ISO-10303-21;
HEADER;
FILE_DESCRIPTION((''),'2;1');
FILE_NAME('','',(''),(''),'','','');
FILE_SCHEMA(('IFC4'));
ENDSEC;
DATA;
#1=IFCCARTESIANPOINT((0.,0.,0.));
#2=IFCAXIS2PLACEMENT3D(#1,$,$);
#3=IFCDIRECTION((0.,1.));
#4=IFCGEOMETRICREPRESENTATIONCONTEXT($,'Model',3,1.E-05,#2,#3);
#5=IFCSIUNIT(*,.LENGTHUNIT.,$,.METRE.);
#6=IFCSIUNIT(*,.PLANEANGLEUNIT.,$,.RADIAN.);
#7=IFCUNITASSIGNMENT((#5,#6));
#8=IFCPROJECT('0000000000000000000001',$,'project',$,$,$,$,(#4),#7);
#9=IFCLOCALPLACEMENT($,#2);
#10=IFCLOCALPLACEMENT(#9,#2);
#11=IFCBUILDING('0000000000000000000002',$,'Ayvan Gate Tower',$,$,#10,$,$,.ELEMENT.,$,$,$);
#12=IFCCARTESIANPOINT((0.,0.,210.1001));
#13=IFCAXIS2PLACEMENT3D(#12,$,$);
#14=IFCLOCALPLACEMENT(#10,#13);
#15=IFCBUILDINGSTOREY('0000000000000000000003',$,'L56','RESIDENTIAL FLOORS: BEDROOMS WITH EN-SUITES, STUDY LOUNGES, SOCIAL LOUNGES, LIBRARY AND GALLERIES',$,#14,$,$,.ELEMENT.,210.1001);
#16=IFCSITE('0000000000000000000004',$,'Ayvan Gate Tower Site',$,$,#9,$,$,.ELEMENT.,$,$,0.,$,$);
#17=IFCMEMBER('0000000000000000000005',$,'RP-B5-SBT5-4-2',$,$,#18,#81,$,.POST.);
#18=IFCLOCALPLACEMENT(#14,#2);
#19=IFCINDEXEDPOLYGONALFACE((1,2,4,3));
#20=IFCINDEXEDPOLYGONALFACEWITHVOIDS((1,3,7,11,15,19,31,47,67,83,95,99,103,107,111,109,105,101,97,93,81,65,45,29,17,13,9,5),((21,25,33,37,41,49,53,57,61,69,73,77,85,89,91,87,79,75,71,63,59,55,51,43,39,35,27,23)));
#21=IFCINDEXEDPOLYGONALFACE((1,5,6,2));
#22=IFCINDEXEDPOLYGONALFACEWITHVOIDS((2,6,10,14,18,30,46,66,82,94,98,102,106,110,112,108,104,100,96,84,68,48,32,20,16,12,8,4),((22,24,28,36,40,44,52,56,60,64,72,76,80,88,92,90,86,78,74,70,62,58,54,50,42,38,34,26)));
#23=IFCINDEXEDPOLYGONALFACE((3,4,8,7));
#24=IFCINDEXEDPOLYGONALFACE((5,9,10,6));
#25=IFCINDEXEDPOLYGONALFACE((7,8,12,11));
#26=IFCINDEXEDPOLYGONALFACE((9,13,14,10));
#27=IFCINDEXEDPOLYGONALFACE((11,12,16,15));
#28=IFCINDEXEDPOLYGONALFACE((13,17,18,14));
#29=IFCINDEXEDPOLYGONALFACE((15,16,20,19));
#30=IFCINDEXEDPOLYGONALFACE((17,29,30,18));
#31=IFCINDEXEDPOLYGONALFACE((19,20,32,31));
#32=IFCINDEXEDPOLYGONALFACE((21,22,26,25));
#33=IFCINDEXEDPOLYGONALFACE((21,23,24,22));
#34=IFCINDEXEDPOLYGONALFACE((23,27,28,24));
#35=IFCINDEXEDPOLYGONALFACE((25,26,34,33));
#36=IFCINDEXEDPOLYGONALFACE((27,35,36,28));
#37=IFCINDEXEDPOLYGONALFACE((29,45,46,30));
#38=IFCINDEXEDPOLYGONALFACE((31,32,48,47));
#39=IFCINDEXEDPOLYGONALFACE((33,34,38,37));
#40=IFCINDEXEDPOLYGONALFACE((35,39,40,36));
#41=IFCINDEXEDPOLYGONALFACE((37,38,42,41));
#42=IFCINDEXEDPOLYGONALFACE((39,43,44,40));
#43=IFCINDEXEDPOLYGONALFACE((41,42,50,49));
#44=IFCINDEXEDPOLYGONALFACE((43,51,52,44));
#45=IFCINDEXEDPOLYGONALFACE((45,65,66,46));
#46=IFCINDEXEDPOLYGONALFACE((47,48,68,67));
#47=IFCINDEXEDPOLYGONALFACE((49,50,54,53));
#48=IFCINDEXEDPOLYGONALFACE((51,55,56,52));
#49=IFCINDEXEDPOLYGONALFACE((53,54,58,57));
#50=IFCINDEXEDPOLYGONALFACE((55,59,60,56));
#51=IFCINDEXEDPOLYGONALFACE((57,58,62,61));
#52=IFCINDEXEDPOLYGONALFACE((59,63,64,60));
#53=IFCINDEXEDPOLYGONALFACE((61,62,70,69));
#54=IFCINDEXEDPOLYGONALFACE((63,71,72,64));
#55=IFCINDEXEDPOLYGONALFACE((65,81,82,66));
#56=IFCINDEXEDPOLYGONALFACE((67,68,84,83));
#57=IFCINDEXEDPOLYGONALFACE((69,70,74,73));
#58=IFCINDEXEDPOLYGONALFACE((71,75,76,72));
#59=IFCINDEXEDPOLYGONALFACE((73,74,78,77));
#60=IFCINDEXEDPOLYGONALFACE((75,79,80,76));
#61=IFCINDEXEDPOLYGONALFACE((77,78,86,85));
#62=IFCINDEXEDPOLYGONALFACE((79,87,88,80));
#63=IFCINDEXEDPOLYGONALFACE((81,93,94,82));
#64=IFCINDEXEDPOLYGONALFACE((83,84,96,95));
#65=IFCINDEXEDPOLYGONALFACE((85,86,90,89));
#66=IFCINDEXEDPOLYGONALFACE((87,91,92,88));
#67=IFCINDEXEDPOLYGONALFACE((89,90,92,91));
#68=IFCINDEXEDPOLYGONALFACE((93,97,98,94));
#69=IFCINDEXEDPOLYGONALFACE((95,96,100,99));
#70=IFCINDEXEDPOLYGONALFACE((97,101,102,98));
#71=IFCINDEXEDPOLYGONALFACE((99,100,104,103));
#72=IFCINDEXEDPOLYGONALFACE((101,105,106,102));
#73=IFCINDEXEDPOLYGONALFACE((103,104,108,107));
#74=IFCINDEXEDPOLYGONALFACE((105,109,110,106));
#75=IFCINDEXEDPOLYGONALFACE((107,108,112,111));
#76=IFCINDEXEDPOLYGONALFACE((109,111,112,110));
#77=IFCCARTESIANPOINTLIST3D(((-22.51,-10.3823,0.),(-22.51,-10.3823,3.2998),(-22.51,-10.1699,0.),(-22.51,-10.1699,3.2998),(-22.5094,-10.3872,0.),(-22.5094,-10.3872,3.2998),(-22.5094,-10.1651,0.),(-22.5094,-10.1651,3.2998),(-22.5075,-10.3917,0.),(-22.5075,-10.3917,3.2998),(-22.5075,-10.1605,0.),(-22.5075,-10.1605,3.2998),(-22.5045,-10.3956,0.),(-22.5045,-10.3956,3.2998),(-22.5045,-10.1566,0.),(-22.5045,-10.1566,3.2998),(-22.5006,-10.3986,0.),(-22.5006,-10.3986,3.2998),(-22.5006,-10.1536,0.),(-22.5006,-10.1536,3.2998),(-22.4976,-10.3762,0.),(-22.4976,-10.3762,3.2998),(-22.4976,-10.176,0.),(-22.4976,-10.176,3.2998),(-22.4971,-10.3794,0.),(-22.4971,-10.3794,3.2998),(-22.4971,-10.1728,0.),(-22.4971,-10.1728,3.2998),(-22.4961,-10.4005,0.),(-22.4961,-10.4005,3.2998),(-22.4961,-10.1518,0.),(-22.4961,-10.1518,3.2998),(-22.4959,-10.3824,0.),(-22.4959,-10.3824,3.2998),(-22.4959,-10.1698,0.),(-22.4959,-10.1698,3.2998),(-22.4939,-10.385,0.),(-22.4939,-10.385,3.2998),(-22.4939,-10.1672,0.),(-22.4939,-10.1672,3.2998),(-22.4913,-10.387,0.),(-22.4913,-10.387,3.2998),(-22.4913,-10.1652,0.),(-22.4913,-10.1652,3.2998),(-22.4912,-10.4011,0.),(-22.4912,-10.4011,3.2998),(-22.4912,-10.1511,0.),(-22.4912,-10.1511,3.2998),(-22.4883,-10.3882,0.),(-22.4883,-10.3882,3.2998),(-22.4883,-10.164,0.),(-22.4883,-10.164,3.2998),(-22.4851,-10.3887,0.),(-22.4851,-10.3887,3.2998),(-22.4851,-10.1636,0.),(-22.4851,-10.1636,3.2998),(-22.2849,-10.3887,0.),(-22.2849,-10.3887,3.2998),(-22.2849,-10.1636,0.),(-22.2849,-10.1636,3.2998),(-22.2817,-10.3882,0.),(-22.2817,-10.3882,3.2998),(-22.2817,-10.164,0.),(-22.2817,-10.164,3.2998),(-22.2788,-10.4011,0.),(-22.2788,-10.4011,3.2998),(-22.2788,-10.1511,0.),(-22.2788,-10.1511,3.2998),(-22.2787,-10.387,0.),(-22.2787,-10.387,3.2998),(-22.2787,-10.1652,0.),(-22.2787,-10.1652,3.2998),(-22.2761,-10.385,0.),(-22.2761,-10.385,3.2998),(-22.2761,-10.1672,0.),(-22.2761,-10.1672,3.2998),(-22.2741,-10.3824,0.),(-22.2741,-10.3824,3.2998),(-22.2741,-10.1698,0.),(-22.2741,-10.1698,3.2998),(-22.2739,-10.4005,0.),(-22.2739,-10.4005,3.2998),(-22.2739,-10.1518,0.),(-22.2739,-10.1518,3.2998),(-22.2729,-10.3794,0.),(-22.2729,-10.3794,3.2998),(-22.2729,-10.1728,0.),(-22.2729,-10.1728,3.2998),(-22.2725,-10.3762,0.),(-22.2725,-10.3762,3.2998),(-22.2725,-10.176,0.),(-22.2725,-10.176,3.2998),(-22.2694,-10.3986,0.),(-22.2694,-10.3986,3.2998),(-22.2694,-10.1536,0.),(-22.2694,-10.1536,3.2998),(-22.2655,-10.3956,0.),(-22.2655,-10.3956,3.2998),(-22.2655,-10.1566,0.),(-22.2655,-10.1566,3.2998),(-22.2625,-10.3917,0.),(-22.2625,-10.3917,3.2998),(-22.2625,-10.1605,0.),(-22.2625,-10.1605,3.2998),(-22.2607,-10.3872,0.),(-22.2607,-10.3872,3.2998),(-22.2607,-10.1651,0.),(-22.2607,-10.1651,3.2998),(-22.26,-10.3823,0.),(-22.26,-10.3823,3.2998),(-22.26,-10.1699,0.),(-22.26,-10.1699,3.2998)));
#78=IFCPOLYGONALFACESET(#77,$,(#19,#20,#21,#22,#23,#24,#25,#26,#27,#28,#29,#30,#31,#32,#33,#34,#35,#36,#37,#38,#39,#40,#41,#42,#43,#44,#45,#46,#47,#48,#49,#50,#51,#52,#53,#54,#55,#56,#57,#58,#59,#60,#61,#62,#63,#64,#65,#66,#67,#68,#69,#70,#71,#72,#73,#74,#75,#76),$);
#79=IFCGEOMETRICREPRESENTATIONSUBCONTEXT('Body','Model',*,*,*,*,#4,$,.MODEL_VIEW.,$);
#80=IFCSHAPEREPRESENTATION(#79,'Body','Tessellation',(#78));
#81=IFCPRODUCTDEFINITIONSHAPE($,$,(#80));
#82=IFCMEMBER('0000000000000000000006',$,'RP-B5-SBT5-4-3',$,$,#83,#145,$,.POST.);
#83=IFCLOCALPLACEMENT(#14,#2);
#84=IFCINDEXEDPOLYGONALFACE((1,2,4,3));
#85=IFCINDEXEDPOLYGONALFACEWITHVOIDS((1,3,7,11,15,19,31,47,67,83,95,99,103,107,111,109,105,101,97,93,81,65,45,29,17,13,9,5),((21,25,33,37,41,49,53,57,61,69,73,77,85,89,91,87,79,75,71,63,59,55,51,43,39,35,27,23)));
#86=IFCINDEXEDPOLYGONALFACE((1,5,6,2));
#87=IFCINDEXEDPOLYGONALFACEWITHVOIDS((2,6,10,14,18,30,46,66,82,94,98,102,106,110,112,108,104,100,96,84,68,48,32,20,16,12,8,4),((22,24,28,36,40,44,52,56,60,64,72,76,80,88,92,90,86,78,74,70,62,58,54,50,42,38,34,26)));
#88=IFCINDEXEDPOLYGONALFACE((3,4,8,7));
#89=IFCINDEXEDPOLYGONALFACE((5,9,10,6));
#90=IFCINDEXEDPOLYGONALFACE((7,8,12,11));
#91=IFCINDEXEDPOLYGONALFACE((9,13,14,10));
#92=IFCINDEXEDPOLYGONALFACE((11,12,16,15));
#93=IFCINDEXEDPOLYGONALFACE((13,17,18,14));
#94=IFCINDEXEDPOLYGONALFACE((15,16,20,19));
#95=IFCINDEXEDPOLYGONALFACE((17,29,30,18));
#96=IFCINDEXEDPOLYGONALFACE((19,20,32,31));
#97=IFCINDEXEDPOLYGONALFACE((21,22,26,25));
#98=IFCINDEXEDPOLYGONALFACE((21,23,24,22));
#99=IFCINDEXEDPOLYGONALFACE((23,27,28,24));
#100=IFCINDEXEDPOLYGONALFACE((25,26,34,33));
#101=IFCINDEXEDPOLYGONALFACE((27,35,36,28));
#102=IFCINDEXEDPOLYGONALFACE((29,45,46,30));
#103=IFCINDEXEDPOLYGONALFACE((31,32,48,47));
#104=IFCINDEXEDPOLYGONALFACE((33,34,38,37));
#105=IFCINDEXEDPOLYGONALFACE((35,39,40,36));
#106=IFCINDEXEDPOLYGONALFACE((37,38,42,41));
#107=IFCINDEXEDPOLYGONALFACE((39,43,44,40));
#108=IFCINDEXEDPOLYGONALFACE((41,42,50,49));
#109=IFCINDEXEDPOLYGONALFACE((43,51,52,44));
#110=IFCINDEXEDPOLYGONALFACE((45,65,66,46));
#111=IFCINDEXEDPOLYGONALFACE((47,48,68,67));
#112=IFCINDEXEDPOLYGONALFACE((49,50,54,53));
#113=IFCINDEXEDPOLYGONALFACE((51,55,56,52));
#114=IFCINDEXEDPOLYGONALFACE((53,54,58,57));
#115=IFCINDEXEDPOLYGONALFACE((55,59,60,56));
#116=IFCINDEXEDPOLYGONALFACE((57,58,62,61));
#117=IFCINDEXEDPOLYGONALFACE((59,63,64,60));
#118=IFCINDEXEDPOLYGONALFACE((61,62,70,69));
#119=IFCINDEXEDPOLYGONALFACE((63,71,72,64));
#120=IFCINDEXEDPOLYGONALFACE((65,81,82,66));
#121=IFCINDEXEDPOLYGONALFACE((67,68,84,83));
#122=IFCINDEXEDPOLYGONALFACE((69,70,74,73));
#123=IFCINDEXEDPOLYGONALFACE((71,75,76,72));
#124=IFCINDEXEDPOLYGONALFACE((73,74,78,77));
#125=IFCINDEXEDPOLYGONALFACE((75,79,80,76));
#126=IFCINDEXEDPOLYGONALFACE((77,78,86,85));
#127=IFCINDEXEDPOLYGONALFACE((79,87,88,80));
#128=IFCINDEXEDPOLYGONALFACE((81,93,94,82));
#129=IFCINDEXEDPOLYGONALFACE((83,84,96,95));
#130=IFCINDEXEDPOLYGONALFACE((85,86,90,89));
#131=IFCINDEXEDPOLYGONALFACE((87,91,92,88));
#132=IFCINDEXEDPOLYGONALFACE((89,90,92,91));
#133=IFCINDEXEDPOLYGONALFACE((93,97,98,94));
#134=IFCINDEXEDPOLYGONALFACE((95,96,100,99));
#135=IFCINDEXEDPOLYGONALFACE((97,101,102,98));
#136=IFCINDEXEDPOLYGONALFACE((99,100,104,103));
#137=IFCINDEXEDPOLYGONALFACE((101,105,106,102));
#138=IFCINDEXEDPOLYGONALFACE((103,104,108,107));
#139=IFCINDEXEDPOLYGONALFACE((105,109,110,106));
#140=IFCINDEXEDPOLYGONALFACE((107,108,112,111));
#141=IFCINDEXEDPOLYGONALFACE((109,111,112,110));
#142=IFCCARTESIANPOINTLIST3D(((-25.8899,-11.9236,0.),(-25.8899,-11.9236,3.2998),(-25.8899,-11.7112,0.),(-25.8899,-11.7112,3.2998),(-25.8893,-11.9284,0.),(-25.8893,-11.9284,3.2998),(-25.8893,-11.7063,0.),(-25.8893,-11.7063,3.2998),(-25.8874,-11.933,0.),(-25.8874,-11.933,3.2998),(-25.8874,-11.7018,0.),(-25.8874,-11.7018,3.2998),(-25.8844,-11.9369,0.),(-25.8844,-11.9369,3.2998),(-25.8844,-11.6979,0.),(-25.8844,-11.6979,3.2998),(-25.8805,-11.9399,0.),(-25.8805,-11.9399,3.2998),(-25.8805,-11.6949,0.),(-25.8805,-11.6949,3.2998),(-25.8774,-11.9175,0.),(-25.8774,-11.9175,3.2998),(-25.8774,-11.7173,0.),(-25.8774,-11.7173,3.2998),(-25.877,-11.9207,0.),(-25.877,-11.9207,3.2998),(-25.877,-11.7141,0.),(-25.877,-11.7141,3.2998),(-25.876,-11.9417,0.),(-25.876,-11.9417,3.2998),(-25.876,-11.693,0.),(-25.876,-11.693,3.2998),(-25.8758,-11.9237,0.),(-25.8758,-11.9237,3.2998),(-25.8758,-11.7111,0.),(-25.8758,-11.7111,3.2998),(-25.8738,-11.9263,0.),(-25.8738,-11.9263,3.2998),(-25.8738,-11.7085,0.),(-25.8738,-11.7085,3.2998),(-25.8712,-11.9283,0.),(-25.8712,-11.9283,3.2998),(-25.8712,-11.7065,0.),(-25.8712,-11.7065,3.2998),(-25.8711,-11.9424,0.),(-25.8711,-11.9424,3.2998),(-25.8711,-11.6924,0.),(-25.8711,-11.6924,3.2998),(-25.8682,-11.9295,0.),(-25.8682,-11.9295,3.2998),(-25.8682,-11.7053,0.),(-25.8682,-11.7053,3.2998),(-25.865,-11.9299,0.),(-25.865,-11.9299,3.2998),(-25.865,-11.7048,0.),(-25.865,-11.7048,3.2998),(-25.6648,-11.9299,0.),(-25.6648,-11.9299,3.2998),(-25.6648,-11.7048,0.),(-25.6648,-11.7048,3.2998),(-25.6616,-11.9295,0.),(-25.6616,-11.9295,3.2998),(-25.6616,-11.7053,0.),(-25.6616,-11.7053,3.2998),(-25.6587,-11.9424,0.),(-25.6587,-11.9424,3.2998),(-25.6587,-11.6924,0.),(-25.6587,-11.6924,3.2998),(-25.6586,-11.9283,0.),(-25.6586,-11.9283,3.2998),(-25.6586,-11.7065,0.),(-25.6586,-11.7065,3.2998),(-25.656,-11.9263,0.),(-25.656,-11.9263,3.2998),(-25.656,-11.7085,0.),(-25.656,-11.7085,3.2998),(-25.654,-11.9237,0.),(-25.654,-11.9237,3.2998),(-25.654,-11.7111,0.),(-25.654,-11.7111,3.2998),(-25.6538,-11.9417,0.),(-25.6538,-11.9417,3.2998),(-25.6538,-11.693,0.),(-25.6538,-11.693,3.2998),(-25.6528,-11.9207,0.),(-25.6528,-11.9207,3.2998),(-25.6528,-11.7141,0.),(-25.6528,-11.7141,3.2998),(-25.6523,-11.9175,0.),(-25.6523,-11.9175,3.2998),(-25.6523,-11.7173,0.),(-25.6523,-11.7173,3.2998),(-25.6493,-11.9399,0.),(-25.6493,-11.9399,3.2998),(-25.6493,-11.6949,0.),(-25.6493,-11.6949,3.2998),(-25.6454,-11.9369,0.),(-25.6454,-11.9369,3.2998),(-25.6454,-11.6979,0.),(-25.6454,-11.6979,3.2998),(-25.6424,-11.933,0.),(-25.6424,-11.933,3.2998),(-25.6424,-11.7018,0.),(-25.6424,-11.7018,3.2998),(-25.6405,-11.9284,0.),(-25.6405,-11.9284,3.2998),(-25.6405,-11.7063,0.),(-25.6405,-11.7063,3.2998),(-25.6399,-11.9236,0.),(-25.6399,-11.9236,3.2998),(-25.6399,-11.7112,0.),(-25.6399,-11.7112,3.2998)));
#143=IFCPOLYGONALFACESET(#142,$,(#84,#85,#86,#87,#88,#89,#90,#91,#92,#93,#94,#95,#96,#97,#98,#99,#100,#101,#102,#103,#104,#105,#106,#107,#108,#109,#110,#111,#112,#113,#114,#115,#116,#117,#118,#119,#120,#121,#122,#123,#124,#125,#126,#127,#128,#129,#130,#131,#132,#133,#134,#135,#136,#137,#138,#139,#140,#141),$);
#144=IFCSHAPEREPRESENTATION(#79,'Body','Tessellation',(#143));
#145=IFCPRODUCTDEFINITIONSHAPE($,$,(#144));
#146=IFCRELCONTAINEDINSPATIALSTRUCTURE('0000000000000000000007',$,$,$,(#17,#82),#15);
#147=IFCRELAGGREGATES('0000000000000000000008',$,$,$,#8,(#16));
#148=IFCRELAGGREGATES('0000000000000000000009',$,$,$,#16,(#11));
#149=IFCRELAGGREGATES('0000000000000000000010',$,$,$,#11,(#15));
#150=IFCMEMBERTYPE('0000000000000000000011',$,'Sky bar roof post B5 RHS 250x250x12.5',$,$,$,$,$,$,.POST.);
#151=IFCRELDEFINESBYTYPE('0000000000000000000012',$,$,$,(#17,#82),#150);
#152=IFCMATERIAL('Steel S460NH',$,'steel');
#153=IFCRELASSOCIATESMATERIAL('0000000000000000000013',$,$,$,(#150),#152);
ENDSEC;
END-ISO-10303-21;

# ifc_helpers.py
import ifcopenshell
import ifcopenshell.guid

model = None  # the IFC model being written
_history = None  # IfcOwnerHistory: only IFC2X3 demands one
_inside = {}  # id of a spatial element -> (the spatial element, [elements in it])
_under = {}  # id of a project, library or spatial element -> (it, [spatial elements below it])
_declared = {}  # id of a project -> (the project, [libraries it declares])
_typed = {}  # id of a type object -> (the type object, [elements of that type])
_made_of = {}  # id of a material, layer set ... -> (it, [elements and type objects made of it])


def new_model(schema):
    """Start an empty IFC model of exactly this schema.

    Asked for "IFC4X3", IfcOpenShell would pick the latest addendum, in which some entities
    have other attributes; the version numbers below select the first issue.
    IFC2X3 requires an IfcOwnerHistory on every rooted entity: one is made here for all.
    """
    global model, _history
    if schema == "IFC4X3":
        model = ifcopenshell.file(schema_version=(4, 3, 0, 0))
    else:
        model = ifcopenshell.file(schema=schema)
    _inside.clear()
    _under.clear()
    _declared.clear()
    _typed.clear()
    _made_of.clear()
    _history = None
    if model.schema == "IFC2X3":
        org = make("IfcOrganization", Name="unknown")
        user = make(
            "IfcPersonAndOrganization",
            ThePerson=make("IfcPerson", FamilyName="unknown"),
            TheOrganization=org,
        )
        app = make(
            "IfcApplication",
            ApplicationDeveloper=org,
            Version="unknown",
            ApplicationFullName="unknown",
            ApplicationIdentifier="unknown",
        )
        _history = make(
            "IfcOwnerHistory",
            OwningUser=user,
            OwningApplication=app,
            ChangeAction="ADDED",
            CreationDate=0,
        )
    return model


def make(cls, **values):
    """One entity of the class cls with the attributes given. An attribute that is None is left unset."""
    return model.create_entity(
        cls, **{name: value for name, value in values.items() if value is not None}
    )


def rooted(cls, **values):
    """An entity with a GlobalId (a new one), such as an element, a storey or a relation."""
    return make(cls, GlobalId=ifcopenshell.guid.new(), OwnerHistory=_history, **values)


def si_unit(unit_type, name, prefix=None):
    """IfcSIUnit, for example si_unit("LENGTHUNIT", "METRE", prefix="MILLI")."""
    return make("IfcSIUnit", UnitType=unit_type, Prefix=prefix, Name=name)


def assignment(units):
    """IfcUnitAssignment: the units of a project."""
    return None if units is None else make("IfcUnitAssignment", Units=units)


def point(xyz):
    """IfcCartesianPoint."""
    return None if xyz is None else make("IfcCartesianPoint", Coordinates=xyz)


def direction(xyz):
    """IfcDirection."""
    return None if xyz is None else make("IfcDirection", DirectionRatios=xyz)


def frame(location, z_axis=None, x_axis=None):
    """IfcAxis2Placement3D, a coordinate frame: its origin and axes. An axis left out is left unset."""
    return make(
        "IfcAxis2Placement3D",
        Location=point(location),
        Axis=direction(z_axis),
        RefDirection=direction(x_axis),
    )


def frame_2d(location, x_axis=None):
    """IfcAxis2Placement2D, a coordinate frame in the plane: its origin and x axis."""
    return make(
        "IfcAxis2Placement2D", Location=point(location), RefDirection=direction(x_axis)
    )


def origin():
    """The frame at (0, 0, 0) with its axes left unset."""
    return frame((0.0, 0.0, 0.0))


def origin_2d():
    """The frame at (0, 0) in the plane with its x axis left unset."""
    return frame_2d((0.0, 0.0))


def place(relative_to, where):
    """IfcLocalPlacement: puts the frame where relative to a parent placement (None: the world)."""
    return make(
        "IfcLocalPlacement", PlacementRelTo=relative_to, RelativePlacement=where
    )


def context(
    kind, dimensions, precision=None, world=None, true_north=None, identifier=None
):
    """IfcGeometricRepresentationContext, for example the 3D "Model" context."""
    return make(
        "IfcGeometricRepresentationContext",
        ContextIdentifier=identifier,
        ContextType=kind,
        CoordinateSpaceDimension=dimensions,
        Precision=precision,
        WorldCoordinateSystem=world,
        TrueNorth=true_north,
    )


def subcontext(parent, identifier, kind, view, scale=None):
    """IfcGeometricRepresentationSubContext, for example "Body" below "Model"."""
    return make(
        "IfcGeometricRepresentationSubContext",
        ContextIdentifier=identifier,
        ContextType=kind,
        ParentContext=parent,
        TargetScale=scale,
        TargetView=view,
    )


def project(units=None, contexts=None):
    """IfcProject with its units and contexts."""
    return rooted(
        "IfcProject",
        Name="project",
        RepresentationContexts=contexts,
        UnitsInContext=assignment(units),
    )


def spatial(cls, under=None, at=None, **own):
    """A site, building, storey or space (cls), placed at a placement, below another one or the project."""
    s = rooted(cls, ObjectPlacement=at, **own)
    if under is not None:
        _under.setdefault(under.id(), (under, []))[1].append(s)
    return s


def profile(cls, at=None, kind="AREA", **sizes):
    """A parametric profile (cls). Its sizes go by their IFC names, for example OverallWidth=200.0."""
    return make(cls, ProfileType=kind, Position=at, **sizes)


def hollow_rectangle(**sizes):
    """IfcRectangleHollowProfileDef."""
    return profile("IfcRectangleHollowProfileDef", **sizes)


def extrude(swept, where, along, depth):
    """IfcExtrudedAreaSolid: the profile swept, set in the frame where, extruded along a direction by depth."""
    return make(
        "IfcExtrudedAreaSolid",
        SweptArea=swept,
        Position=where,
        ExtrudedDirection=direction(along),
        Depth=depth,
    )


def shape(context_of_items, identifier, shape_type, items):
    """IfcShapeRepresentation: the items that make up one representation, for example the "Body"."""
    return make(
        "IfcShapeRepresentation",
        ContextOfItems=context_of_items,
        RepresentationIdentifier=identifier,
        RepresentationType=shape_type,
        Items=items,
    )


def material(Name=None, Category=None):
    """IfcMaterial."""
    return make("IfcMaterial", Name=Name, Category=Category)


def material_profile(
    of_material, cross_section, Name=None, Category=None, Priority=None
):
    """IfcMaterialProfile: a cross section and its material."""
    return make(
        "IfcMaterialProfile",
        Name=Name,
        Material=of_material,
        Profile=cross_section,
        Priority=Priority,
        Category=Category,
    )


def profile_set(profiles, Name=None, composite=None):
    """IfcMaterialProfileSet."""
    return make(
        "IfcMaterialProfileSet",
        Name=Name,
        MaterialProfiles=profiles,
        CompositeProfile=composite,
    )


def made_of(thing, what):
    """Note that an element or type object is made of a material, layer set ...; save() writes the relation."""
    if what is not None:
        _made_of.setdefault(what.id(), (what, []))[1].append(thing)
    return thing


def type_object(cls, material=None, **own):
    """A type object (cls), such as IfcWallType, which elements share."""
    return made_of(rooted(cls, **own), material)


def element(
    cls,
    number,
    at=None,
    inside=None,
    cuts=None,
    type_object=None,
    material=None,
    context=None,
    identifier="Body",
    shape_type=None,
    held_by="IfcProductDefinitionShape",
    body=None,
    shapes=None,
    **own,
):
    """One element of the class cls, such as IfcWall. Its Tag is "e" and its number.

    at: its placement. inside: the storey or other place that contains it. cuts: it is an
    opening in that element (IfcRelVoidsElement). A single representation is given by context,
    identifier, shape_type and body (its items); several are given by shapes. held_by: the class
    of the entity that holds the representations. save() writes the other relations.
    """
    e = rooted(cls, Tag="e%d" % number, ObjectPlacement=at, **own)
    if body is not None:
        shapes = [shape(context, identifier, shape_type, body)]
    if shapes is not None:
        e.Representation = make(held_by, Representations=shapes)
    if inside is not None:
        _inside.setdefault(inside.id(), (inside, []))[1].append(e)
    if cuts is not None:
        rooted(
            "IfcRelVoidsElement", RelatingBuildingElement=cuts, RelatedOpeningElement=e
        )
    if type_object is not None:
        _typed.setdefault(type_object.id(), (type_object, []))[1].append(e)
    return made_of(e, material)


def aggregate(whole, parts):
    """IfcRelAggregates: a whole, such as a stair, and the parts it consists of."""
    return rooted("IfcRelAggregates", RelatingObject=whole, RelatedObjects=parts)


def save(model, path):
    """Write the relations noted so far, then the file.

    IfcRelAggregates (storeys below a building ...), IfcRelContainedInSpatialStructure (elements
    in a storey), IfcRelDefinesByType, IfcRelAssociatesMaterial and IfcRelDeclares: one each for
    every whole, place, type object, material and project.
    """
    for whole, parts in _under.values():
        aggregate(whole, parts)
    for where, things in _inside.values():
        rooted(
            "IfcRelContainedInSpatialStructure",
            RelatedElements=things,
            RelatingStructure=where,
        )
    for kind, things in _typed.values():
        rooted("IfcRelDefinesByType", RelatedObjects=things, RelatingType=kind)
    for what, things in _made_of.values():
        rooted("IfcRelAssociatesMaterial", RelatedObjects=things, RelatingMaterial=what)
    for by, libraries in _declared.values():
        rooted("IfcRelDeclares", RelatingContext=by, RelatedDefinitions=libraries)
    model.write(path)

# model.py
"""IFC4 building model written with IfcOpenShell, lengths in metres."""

from ifc_helpers import new_model, si_unit, direction, frame, origin, origin_2d, place, context, subcontext, project, spatial, hollow_rectangle, extrude, material, material_profile, profile_set, type_object, element, save


model = new_model("IFC4")

# Units and contexts
model_context = context("Model", 3, precision=1e-05, world=origin(), true_north=direction((0.0, 1.0)))
body_context = subcontext(model_context, "Body", "Model", "MODEL_VIEW")
ifc_project = project(units=[si_unit("LENGTHUNIT", "METRE"), si_unit("PLANEANGLEUNIT", "RADIAN")], contexts=[model_context])

# Site, building, storey
site_placement = place(None, origin())
site = spatial("IfcSite", under=ifc_project, at=site_placement, Name="Ayvan Gate Tower Site", CompositionType="ELEMENT", RefElevation=0.0)
building_placement = place(site_placement, origin())
building = spatial("IfcBuilding", under=site, at=building_placement, Name="Ayvan Gate Tower", CompositionType="ELEMENT")
storey_placement = place(building_placement, frame((0.0, 0.0, 210.1001)))
storey = spatial("IfcBuildingStorey", under=building, at=storey_placement, Name="L56", Description="RESIDENTIAL FLOORS: BEDROOMS WITH EN-SUITES, STUDY LOUNGES, SOCIAL LOUNGES, LIBRARY AND GALLERIES", CompositionType="ELEMENT", Elevation=210.1001)

# Members
ifc_material_1 = material(Name="Steel S460NH", Category="steel")
ifc_material_profile_1 = material_profile(ifc_material_1, hollow_rectangle(XDim=0.25, YDim=0.25, WallThickness=0.0125, InnerFilletRadius=0.0125, OuterFilletRadius=0.0188, at=origin_2d()), Name="RHS 250x250x12.5")
ifc_profile_set_1 = profile_set([ifc_material_profile_1], Name="Steel S460NH")
member_type_1 = type_object("IfcMemberType", Name="Sky bar roof post B5 RHS 250x250x12.5", PredefinedType="POST", material=ifc_profile_set_1)
for number, where, z_axis, x_axis, name in (
    (1, (-22.385, -10.2761, 0.0), (0.0, 0.0, 1.0), (1.0, 0.0, 0.0), "RP-B5-SBT5-4-2"),
    (2, (-25.7649, -11.8174, 0.0), (0.0, 0.0, 1.0), (1.0, 0.0, 0.0), "RP-B5-SBT5-4-3"),
):
    element("IfcMember", number, at=place(storey_placement, frame(where, z_axis=z_axis, x_axis=x_axis)), inside=storey, type_object=member_type_1, Name=name, PredefinedType="POST", context=body_context, shape_type="SweptSolid", body=[
        extrude(hollow_rectangle(XDim=0.25, YDim=0.25, WallThickness=0.0125, InnerFilletRadius=0.0125, OuterFilletRadius=0.0188, at=origin_2d()), origin(), (0.0, 0.0, 1.0), 3.2998),
    ])

save(model, "model.ifc")
